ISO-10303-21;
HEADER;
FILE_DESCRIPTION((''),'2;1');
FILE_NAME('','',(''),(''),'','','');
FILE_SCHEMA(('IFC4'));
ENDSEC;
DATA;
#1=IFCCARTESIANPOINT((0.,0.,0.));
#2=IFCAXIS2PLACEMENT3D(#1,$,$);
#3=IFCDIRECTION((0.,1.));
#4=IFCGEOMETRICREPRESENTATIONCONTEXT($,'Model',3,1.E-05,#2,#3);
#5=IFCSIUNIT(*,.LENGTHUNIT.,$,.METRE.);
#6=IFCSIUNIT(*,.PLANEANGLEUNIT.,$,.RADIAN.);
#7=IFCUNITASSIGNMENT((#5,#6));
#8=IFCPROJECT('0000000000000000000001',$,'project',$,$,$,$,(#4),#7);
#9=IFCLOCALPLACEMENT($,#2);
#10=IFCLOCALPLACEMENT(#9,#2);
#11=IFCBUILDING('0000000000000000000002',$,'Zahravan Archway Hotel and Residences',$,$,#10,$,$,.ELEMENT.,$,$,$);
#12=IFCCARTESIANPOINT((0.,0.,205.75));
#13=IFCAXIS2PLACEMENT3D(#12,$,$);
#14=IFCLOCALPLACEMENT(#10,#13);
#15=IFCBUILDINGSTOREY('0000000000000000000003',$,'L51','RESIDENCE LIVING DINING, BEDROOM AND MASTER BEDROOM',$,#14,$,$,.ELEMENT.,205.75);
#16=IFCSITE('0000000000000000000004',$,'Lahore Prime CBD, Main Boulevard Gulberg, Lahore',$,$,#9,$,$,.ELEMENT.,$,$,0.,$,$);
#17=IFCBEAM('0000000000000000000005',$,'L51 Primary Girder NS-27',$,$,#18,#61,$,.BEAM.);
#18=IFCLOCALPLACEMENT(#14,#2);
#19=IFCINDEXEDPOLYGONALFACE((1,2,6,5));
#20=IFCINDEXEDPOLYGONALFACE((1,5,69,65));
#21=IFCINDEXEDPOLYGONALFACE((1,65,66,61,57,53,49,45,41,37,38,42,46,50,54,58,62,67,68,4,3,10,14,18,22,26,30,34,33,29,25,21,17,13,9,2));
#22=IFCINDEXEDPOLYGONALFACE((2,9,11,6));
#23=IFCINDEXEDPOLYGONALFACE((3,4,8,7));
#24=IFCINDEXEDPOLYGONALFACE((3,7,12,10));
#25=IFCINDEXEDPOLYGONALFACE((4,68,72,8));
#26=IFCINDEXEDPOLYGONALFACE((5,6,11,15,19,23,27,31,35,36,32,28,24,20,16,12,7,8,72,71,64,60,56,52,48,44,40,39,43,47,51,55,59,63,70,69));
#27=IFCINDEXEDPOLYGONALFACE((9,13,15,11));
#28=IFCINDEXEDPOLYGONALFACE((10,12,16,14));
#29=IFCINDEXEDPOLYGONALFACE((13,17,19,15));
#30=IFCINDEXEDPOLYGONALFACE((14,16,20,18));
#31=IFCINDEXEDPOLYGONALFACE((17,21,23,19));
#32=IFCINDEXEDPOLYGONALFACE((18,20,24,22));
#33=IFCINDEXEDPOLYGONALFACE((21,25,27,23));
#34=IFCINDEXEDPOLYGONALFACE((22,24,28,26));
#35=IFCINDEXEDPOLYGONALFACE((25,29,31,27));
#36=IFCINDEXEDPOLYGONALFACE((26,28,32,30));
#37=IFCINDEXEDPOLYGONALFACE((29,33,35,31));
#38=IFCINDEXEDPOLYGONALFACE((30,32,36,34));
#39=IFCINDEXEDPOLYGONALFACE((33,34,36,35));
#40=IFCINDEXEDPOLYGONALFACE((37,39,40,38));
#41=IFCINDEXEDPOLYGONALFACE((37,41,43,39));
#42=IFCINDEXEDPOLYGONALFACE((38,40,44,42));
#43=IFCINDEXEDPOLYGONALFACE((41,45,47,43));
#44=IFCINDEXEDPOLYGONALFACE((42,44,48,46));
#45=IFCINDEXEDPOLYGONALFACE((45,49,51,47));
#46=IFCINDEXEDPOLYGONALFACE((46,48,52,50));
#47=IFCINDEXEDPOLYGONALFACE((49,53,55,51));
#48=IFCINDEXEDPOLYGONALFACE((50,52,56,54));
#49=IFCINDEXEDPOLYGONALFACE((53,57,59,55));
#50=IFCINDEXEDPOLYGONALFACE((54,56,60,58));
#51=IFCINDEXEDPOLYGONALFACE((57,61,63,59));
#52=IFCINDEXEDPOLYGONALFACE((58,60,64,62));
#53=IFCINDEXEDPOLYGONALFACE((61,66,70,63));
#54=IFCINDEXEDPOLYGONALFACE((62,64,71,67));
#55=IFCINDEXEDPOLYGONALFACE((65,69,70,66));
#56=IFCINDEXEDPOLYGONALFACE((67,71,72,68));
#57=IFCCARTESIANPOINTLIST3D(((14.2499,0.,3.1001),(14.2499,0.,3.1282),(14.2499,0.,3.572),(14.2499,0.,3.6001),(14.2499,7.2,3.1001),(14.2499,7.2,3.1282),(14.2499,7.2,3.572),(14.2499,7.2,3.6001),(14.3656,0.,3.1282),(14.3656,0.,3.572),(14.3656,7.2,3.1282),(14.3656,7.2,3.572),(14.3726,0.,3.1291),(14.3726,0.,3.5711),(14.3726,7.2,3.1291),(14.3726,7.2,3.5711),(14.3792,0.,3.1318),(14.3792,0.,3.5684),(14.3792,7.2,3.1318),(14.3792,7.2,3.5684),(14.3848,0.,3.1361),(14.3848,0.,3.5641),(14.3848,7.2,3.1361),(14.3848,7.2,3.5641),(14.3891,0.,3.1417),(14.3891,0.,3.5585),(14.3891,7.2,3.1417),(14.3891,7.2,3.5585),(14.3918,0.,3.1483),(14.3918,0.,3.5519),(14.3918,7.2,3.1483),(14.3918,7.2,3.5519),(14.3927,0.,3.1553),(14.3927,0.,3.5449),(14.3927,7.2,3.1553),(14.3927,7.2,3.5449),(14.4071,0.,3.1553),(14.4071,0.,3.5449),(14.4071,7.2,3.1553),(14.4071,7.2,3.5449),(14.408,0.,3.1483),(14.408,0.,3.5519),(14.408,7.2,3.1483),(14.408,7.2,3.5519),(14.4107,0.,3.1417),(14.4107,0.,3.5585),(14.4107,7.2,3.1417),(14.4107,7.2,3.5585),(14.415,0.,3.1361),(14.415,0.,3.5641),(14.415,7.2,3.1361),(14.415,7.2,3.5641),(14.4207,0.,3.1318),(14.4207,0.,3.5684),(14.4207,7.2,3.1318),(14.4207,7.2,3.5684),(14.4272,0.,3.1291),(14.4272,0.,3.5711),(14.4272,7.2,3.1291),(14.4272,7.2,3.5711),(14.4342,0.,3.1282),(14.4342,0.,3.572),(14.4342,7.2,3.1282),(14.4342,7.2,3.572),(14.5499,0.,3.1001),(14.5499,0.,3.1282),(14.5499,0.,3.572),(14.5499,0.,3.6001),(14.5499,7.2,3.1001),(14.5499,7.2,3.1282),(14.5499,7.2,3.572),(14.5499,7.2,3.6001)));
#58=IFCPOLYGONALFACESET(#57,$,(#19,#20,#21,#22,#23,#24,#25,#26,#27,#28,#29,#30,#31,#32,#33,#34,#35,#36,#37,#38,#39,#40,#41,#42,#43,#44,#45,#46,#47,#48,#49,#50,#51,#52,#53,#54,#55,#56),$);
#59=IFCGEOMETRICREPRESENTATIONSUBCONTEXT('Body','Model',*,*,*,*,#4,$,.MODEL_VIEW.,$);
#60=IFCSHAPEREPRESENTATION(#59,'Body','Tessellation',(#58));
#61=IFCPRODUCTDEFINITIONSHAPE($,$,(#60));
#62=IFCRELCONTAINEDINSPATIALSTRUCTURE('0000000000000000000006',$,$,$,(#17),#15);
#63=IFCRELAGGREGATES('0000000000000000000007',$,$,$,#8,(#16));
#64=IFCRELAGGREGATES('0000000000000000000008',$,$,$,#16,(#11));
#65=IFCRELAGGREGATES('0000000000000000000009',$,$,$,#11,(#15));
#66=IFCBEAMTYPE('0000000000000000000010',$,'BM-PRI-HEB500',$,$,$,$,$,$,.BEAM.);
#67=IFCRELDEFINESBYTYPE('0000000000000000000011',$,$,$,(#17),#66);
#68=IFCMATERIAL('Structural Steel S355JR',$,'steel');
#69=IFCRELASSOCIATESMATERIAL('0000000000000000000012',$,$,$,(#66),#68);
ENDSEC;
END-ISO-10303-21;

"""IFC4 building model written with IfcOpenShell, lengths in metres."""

from ifc_helpers import new_model, si_unit, direction, frame, origin, origin_2d, place, context, subcontext, project, spatial, i_section, extrude, source, transform, mapped, material, material_profile, profile_set, type_object, element, save


model = new_model("IFC4")

# Units and contexts
model_context = context("Model", 3, precision=1e-05, world=origin(), true_north=direction((0.0, 1.0)))
body_context = subcontext(model_context, "Body", "Model", "MODEL_VIEW")
ifc_project = project(units=[si_unit("LENGTHUNIT", "METRE"), si_unit("PLANEANGLEUNIT", "RADIAN")], contexts=[model_context])

# Site, building, storey
site_placement = place(None, origin())
site = spatial("IfcSite", under=ifc_project, at=site_placement, Name="Lahore Prime CBD, Main Boulevard Gulberg, Lahore", CompositionType="ELEMENT", RefElevation=0.0)
building_placement = place(site_placement, origin())
building = spatial("IfcBuilding", under=site, at=building_placement, Name="Zahravan Archway Hotel and Residences", CompositionType="ELEMENT")
storey_placement = place(building_placement, frame((0.0, 0.0, 205.75)))
storey = spatial("IfcBuildingStorey", under=building, at=storey_placement, Name="L51", Description="RESIDENCE LIVING DINING, BEDROOM AND MASTER BEDROOM", CompositionType="ELEMENT", Elevation=205.75)

# Beam
ifc_material_1 = material(Name="Structural Steel S355JR", Category="steel")
ifc_material_profile = material_profile(ifc_material_1, i_section(OverallWidth=0.3, OverallDepth=0.5, WebThickness=0.0144, FlangeThickness=0.0281, FilletRadius=0.0271, at=origin_2d()), Name="HEB 500", Category="steel")
ifc_profile_set = profile_set([ifc_material_profile], Name="Structural Steel S355JR")
beam_type = type_object("IfcBeamType", Name="BM-PRI-HEB500", PredefinedType="BEAM", material=ifc_profile_set)
shared_shape_1 = source(origin(), body_context, "Body", "SweptSolid", [
    extrude(i_section(OverallWidth=0.3, OverallDepth=0.5, WebThickness=0.0144, FlangeThickness=0.0281, FilletRadius=0.0271, at=origin_2d()), origin(), (0.0, 0.0, 1.0), 7.2),
])
beam_placement = place(storey_placement, frame((14.3999, 0.0, 3.3501), z_axis=(0.0, 1.0, 0.0), x_axis=(-1.0, 0.0, 0.0)))
element("IfcBeam", 1, at=beam_placement, inside=storey, type_object=beam_type, Name="L51 Primary Girder NS-27", PredefinedType="BEAM", context=body_context, shape_type="MappedRepresentation", body=[
    mapped(shared_shape_1, transform((0.0, 0.0, 0.0), scale=1.0)),
])

save(model, "model.ifc")
